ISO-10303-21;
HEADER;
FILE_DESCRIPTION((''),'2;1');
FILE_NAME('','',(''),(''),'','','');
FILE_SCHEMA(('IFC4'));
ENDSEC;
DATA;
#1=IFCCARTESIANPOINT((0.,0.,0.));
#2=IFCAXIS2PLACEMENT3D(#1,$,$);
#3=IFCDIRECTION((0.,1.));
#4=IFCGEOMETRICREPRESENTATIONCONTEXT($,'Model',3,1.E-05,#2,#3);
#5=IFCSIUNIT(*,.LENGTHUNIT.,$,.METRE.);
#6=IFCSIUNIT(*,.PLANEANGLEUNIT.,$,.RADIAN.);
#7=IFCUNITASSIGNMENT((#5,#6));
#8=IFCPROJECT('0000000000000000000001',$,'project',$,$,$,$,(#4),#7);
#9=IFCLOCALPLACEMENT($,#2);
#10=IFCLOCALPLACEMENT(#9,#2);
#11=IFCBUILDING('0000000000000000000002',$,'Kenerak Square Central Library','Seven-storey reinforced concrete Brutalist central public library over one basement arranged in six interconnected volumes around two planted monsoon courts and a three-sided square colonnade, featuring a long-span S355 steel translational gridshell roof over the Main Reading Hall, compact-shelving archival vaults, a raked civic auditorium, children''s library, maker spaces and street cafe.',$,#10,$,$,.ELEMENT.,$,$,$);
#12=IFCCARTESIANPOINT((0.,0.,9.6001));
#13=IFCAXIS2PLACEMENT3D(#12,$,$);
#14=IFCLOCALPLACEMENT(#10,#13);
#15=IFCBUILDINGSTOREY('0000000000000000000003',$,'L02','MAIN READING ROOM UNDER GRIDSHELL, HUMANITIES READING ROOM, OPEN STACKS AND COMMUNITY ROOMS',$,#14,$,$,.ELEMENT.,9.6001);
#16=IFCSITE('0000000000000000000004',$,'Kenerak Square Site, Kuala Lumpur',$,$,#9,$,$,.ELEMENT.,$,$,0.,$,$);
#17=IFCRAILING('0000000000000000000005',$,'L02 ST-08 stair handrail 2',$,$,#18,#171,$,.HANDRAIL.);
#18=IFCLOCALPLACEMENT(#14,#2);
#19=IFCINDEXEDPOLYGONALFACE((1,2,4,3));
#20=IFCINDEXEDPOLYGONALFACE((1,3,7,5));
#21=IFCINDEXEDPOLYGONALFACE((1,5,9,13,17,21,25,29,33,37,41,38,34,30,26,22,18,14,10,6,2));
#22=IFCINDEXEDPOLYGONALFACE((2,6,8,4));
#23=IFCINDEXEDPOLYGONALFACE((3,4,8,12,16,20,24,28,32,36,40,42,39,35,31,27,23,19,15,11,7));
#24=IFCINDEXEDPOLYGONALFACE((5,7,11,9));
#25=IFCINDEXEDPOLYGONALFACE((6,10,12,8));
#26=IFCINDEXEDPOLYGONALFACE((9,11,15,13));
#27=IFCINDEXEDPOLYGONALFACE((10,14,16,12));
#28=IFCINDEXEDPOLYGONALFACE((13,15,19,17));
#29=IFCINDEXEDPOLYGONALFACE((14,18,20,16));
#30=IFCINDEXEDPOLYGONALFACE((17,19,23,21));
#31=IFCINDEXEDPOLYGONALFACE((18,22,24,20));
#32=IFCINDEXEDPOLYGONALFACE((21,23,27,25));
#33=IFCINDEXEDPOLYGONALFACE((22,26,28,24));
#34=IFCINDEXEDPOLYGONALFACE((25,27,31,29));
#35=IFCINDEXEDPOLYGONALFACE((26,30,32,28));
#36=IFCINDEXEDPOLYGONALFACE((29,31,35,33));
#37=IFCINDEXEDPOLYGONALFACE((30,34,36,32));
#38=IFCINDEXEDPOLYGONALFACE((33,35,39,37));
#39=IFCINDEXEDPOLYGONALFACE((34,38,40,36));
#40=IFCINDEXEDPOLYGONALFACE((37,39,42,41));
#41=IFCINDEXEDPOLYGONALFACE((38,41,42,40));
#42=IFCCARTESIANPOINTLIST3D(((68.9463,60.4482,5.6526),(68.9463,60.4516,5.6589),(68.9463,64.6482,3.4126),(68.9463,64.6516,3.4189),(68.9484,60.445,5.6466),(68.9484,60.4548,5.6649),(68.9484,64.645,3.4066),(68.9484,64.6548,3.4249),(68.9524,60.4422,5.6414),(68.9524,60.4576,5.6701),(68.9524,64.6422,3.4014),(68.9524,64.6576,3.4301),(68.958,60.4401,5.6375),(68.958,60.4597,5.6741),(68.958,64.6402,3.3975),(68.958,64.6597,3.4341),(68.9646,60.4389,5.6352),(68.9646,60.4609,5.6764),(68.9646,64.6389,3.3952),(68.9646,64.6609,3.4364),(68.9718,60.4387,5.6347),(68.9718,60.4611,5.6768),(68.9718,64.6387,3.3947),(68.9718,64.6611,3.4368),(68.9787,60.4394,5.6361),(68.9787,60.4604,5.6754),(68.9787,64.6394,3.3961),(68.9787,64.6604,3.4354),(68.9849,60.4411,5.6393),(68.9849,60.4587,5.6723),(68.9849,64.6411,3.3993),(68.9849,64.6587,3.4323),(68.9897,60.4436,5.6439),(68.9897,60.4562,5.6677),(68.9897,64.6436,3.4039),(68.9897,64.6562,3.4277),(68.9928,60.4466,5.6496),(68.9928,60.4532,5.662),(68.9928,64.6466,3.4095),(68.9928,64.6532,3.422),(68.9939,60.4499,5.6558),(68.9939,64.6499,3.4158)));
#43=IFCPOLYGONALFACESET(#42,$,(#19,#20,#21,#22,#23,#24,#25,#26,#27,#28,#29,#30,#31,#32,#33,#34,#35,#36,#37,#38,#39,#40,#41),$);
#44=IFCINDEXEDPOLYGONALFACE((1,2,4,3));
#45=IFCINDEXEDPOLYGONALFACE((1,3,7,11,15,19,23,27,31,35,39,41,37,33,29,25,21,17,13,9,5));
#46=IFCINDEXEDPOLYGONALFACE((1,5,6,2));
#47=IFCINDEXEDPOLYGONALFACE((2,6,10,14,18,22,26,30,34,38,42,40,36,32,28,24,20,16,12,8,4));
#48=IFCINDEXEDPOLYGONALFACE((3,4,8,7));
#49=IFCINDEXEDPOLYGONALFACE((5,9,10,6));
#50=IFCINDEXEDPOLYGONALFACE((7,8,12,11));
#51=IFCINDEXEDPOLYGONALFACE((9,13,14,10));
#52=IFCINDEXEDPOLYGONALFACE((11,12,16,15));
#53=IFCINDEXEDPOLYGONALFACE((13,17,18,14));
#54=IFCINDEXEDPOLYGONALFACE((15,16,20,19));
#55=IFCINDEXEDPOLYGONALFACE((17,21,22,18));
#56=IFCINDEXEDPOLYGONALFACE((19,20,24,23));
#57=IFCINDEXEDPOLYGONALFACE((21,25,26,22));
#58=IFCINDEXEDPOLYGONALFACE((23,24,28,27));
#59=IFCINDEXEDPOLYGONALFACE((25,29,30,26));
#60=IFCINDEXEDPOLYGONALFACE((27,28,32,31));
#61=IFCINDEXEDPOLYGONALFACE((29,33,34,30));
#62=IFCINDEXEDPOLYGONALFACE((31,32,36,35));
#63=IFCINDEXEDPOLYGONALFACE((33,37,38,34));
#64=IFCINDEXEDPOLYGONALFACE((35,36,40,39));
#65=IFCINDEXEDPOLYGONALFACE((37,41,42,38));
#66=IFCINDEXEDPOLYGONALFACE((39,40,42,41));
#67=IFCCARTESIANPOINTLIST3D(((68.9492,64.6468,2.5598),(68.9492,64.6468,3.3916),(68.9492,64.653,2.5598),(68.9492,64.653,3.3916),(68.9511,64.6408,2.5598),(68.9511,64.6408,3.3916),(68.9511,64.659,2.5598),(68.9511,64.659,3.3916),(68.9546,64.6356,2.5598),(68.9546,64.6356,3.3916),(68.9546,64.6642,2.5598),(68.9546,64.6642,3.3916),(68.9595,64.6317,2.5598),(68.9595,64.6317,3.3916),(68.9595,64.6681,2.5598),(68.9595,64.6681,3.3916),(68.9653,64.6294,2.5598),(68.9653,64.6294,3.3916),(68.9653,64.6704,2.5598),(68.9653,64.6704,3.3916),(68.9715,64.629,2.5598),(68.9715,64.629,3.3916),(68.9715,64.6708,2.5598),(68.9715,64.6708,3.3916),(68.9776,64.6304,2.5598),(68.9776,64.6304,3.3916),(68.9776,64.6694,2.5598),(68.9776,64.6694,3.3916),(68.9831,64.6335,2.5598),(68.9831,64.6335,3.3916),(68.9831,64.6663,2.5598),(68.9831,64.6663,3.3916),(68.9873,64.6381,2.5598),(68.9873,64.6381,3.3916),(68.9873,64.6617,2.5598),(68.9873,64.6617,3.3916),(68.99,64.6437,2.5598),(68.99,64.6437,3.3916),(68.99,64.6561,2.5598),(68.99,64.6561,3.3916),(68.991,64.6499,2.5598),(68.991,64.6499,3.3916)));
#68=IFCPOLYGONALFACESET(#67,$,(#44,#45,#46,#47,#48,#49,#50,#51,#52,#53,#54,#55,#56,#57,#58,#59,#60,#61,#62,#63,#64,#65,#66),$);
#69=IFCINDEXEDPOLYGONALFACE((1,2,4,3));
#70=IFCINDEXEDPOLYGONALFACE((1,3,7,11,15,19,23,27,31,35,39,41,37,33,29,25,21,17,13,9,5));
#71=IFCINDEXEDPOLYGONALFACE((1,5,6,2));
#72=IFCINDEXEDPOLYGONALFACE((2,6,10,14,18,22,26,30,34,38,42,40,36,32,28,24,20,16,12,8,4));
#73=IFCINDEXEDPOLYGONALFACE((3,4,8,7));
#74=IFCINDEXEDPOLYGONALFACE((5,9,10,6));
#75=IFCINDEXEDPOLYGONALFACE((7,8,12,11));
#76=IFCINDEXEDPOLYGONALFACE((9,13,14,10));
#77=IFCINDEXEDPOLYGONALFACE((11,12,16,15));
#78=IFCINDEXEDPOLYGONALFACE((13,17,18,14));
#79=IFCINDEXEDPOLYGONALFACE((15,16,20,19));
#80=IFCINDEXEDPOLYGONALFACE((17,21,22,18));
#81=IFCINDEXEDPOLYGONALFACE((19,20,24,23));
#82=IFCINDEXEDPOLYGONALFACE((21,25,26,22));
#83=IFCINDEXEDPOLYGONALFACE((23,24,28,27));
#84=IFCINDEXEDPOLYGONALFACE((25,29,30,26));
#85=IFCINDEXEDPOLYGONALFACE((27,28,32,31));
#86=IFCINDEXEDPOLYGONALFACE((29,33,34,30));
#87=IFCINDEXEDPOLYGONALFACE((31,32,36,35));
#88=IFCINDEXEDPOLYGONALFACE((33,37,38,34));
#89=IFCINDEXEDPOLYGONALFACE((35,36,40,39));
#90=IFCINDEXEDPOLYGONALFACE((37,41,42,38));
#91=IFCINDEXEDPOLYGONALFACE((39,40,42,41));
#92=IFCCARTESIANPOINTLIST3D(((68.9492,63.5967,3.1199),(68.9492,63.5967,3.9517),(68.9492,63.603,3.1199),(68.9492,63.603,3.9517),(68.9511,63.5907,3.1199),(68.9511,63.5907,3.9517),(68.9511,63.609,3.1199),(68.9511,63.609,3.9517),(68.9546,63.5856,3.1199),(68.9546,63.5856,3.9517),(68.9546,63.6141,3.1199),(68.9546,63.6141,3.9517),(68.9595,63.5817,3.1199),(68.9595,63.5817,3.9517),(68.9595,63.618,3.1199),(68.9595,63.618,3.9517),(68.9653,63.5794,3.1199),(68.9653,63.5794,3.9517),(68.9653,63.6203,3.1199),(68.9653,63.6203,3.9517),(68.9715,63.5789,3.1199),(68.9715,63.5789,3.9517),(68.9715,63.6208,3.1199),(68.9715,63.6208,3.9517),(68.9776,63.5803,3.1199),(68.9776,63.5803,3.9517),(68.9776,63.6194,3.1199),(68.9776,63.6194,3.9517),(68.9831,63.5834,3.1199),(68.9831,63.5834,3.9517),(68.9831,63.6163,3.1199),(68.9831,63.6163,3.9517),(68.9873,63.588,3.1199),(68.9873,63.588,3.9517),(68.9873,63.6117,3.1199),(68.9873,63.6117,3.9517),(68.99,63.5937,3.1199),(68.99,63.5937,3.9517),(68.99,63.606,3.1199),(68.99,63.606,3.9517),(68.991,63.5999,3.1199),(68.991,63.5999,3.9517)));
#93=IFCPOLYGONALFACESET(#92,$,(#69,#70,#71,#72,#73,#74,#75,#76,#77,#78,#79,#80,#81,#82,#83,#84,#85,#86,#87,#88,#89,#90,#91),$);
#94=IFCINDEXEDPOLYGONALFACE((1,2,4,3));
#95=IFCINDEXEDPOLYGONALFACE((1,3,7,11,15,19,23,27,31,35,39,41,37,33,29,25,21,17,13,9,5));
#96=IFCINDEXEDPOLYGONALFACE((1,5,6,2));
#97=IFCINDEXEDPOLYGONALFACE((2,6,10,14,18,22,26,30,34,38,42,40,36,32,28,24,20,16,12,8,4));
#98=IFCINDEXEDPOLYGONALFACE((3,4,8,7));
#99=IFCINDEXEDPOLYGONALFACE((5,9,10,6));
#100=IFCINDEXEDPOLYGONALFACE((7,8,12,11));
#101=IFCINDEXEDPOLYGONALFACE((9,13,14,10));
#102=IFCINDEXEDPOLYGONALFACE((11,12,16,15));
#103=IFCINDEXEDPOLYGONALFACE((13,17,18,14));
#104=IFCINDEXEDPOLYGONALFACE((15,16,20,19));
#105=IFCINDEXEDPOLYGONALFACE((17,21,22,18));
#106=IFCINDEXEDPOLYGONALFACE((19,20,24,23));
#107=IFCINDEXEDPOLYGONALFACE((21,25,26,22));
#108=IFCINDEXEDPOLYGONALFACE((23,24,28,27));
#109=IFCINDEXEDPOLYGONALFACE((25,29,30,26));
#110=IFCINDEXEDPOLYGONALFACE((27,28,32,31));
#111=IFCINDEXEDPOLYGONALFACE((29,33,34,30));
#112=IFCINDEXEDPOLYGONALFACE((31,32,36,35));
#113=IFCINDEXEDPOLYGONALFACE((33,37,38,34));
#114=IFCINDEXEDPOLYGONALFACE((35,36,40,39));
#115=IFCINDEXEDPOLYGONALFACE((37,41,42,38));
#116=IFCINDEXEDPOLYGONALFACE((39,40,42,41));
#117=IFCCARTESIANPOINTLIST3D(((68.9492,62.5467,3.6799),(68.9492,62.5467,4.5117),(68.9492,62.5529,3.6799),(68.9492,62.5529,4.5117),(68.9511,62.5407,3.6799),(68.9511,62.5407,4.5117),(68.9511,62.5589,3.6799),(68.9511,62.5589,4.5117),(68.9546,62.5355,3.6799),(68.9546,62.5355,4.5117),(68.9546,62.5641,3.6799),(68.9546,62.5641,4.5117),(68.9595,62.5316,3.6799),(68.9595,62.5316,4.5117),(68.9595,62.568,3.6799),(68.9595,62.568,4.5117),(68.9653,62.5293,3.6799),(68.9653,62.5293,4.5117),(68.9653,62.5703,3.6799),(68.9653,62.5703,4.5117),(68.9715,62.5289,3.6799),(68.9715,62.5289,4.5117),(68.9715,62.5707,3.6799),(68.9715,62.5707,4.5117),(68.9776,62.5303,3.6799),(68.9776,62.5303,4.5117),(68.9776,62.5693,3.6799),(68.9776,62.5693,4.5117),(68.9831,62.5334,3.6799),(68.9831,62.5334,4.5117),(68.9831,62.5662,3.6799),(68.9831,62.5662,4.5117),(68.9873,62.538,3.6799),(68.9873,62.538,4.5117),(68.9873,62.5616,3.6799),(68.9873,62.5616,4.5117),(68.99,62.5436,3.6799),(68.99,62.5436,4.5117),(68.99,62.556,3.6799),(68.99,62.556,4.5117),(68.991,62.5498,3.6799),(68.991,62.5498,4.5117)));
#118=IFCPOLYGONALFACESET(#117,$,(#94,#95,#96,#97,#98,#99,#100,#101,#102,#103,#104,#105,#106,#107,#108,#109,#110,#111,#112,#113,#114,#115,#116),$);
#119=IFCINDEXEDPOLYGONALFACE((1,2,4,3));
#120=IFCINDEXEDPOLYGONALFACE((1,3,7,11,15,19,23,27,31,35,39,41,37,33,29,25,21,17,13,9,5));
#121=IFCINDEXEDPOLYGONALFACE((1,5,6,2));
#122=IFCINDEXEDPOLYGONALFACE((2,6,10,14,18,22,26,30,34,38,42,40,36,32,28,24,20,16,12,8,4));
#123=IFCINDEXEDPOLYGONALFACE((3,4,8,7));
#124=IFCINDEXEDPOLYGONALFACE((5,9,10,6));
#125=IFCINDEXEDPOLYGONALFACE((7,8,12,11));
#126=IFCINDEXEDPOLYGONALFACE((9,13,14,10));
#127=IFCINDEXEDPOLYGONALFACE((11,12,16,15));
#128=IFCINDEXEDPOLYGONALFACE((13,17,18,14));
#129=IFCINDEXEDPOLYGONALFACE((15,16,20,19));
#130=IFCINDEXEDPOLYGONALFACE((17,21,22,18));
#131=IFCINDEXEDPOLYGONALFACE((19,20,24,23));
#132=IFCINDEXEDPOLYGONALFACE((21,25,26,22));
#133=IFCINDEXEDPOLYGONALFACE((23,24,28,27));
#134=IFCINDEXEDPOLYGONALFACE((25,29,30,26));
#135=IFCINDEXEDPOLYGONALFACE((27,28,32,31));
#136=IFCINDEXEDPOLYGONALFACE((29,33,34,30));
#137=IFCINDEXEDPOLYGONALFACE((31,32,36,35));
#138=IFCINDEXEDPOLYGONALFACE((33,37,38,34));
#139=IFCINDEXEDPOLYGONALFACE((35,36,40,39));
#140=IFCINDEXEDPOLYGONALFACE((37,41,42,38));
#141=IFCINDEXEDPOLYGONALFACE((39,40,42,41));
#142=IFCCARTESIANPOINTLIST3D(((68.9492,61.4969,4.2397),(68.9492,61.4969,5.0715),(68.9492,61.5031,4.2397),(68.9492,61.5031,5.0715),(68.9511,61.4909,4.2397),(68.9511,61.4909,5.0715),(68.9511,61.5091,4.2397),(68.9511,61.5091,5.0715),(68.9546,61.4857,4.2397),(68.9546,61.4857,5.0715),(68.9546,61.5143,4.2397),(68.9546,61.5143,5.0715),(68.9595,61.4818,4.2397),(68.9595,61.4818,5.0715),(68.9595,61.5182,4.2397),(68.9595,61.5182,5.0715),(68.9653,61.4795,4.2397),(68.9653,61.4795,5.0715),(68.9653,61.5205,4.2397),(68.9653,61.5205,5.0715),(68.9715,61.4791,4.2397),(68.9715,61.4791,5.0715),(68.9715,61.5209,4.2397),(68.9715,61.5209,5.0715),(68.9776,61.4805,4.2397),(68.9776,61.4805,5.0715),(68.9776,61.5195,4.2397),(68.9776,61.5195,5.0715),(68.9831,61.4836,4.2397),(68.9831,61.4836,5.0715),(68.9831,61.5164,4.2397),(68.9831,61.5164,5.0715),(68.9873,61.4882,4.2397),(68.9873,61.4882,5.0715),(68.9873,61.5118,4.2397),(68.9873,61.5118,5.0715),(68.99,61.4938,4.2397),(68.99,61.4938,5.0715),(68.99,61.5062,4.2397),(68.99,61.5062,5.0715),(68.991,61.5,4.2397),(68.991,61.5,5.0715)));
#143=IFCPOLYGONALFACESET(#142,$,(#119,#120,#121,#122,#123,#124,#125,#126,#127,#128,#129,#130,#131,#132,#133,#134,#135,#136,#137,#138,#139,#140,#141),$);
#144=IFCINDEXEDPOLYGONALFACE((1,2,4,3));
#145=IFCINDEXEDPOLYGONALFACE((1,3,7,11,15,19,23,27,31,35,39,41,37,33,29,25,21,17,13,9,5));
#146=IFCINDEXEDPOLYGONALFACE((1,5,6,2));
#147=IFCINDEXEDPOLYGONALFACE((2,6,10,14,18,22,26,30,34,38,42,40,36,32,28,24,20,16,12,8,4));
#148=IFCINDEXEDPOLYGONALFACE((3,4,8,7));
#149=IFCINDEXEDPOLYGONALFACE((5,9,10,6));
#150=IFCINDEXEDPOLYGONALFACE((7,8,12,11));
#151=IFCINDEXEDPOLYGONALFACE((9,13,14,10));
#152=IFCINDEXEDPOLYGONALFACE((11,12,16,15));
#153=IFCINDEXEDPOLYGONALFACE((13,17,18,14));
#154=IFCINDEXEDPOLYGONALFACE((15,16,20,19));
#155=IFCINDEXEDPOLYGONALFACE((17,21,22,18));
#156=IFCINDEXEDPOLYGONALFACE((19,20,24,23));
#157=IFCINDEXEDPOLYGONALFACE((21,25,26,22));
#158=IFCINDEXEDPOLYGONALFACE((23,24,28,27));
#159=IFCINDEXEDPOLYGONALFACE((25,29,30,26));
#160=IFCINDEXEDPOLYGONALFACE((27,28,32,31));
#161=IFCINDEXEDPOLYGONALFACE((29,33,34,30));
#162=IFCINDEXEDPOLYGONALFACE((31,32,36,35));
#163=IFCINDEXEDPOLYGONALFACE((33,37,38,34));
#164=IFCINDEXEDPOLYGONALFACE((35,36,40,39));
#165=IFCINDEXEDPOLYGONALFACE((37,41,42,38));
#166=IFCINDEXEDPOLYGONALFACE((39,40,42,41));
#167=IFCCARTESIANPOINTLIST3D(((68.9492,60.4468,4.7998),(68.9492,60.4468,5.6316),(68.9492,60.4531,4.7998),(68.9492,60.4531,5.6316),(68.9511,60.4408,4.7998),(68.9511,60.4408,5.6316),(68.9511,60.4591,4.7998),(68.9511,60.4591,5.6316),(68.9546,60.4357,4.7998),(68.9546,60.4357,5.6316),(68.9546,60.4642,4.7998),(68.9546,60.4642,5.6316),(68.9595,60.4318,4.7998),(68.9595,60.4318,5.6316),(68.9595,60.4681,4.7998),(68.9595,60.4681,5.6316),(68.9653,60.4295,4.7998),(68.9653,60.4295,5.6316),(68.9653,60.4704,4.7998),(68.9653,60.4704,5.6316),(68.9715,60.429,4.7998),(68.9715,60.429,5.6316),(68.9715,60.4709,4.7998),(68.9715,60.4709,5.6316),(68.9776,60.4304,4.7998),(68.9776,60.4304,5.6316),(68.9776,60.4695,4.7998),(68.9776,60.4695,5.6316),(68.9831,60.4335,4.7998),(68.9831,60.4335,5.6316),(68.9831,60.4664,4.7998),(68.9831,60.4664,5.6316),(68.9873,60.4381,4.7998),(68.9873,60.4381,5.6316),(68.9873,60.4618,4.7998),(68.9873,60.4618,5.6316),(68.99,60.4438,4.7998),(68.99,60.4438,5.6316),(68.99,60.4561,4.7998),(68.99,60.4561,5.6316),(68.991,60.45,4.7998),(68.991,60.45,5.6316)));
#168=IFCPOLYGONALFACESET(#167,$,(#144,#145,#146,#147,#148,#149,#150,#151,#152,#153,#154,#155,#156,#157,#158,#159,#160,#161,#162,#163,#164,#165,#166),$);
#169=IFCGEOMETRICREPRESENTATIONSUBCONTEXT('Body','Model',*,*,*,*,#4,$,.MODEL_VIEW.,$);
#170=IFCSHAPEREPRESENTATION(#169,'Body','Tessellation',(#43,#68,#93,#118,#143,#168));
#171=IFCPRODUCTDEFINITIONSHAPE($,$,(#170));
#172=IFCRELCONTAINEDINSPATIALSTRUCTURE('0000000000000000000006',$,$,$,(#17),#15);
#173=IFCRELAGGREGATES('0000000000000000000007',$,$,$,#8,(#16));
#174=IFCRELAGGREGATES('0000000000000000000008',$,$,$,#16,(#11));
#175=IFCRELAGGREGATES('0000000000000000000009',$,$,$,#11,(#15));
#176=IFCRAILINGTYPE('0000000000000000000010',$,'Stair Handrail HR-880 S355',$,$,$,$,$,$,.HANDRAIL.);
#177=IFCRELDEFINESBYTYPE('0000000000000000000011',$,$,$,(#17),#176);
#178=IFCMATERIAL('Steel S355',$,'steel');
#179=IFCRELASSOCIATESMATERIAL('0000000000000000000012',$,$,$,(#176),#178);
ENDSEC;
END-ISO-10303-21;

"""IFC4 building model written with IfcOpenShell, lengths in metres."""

from ifc_helpers import new_model, si_unit, direction, frame, origin, origin_2d, place, context, subcontext, project, spatial, circle, extrude, material, type_object, element, save


model = new_model("IFC4")

# Units and contexts
model_context = context("Model", 3, precision=1e-05, world=origin(), true_north=direction((0.0, 1.0)))
body_context = subcontext(model_context, "Body", "Model", "MODEL_VIEW")
ifc_project = project(units=[si_unit("LENGTHUNIT", "METRE"), si_unit("PLANEANGLEUNIT", "RADIAN")], contexts=[model_context])

# Site, building, storey
site_placement = place(None, origin())
site = spatial("IfcSite", under=ifc_project, at=site_placement, Name="Kenerak Square Site, Kuala Lumpur", CompositionType="ELEMENT", RefElevation=0.0)
building_placement = place(site_placement, origin())
building = spatial("IfcBuilding", under=site, at=building_placement, Name="Kenerak Square Central Library", Description="Seven-storey reinforced concrete Brutalist central public library over one basement arranged in six interconnected volumes around two planted monsoon courts and a three-sided square colonnade, featuring a long-span S355 steel translational gridshell roof over the Main Reading Hall, compact-shelving archival vaults, a raked civic auditorium, children's library, maker spaces and street cafe.", CompositionType="ELEMENT")
storey_placement = place(building_placement, frame((0.0, 0.0, 9.6001)))
storey = spatial("IfcBuildingStorey", under=building, at=storey_placement, Name="L02", Description="MAIN READING ROOM UNDER GRIDSHELL, HUMANITIES READING ROOM, OPEN STACKS AND COMMUNITY ROOMS", CompositionType="ELEMENT", Elevation=9.6001)

# Railing
ifc_material_1 = material(Name="Steel S355", Category="steel")
railing_type_1 = type_object("IfcRailingType", Name="Stair Handrail HR-880 S355", PredefinedType="HANDRAIL", material=ifc_material_1)
railing_1_placement = place(storey_placement, frame((68.97, 64.6499, 2.5598)))
element("IfcRailing", 1, at=railing_1_placement, inside=storey, type_object=railing_type_1, Name="L02 ST-08 stair handrail 2", PredefinedType="HANDRAIL", context=body_context, shape_type="SweptSolid", body=[
    extrude(circle(Radius=0.0239, at=origin_2d()), frame((0.0, 0.0, 0.856), z_axis=(0.0, -0.882352, 0.470591), x_axis=(1.0, 0.0, 0.0)), (0.0, 0.0, 1.0), 4.76),
    extrude(circle(Radius=0.021, at=origin_2d()), origin(), (0.0, 0.0, 1.0), 0.8318),
    extrude(circle(Radius=0.021, at=origin_2d()), frame((0.0, -1.05, 0.5601)), (0.0, 0.0, 1.0), 0.8318),
    extrude(circle(Radius=0.021, at=origin_2d()), frame((0.0, -2.1001, 1.1201)), (0.0, 0.0, 1.0), 0.8318),
    extrude(circle(Radius=0.021, at=origin_2d()), frame((0.0, -3.1499, 1.6799)), (0.0, 0.0, 1.0), 0.8318),
    extrude(circle(Radius=0.021, at=origin_2d()), frame((0.0, -4.2, 2.24)), (0.0, 0.0, 1.0), 0.8318),
])

save(model, "model.ifc")
